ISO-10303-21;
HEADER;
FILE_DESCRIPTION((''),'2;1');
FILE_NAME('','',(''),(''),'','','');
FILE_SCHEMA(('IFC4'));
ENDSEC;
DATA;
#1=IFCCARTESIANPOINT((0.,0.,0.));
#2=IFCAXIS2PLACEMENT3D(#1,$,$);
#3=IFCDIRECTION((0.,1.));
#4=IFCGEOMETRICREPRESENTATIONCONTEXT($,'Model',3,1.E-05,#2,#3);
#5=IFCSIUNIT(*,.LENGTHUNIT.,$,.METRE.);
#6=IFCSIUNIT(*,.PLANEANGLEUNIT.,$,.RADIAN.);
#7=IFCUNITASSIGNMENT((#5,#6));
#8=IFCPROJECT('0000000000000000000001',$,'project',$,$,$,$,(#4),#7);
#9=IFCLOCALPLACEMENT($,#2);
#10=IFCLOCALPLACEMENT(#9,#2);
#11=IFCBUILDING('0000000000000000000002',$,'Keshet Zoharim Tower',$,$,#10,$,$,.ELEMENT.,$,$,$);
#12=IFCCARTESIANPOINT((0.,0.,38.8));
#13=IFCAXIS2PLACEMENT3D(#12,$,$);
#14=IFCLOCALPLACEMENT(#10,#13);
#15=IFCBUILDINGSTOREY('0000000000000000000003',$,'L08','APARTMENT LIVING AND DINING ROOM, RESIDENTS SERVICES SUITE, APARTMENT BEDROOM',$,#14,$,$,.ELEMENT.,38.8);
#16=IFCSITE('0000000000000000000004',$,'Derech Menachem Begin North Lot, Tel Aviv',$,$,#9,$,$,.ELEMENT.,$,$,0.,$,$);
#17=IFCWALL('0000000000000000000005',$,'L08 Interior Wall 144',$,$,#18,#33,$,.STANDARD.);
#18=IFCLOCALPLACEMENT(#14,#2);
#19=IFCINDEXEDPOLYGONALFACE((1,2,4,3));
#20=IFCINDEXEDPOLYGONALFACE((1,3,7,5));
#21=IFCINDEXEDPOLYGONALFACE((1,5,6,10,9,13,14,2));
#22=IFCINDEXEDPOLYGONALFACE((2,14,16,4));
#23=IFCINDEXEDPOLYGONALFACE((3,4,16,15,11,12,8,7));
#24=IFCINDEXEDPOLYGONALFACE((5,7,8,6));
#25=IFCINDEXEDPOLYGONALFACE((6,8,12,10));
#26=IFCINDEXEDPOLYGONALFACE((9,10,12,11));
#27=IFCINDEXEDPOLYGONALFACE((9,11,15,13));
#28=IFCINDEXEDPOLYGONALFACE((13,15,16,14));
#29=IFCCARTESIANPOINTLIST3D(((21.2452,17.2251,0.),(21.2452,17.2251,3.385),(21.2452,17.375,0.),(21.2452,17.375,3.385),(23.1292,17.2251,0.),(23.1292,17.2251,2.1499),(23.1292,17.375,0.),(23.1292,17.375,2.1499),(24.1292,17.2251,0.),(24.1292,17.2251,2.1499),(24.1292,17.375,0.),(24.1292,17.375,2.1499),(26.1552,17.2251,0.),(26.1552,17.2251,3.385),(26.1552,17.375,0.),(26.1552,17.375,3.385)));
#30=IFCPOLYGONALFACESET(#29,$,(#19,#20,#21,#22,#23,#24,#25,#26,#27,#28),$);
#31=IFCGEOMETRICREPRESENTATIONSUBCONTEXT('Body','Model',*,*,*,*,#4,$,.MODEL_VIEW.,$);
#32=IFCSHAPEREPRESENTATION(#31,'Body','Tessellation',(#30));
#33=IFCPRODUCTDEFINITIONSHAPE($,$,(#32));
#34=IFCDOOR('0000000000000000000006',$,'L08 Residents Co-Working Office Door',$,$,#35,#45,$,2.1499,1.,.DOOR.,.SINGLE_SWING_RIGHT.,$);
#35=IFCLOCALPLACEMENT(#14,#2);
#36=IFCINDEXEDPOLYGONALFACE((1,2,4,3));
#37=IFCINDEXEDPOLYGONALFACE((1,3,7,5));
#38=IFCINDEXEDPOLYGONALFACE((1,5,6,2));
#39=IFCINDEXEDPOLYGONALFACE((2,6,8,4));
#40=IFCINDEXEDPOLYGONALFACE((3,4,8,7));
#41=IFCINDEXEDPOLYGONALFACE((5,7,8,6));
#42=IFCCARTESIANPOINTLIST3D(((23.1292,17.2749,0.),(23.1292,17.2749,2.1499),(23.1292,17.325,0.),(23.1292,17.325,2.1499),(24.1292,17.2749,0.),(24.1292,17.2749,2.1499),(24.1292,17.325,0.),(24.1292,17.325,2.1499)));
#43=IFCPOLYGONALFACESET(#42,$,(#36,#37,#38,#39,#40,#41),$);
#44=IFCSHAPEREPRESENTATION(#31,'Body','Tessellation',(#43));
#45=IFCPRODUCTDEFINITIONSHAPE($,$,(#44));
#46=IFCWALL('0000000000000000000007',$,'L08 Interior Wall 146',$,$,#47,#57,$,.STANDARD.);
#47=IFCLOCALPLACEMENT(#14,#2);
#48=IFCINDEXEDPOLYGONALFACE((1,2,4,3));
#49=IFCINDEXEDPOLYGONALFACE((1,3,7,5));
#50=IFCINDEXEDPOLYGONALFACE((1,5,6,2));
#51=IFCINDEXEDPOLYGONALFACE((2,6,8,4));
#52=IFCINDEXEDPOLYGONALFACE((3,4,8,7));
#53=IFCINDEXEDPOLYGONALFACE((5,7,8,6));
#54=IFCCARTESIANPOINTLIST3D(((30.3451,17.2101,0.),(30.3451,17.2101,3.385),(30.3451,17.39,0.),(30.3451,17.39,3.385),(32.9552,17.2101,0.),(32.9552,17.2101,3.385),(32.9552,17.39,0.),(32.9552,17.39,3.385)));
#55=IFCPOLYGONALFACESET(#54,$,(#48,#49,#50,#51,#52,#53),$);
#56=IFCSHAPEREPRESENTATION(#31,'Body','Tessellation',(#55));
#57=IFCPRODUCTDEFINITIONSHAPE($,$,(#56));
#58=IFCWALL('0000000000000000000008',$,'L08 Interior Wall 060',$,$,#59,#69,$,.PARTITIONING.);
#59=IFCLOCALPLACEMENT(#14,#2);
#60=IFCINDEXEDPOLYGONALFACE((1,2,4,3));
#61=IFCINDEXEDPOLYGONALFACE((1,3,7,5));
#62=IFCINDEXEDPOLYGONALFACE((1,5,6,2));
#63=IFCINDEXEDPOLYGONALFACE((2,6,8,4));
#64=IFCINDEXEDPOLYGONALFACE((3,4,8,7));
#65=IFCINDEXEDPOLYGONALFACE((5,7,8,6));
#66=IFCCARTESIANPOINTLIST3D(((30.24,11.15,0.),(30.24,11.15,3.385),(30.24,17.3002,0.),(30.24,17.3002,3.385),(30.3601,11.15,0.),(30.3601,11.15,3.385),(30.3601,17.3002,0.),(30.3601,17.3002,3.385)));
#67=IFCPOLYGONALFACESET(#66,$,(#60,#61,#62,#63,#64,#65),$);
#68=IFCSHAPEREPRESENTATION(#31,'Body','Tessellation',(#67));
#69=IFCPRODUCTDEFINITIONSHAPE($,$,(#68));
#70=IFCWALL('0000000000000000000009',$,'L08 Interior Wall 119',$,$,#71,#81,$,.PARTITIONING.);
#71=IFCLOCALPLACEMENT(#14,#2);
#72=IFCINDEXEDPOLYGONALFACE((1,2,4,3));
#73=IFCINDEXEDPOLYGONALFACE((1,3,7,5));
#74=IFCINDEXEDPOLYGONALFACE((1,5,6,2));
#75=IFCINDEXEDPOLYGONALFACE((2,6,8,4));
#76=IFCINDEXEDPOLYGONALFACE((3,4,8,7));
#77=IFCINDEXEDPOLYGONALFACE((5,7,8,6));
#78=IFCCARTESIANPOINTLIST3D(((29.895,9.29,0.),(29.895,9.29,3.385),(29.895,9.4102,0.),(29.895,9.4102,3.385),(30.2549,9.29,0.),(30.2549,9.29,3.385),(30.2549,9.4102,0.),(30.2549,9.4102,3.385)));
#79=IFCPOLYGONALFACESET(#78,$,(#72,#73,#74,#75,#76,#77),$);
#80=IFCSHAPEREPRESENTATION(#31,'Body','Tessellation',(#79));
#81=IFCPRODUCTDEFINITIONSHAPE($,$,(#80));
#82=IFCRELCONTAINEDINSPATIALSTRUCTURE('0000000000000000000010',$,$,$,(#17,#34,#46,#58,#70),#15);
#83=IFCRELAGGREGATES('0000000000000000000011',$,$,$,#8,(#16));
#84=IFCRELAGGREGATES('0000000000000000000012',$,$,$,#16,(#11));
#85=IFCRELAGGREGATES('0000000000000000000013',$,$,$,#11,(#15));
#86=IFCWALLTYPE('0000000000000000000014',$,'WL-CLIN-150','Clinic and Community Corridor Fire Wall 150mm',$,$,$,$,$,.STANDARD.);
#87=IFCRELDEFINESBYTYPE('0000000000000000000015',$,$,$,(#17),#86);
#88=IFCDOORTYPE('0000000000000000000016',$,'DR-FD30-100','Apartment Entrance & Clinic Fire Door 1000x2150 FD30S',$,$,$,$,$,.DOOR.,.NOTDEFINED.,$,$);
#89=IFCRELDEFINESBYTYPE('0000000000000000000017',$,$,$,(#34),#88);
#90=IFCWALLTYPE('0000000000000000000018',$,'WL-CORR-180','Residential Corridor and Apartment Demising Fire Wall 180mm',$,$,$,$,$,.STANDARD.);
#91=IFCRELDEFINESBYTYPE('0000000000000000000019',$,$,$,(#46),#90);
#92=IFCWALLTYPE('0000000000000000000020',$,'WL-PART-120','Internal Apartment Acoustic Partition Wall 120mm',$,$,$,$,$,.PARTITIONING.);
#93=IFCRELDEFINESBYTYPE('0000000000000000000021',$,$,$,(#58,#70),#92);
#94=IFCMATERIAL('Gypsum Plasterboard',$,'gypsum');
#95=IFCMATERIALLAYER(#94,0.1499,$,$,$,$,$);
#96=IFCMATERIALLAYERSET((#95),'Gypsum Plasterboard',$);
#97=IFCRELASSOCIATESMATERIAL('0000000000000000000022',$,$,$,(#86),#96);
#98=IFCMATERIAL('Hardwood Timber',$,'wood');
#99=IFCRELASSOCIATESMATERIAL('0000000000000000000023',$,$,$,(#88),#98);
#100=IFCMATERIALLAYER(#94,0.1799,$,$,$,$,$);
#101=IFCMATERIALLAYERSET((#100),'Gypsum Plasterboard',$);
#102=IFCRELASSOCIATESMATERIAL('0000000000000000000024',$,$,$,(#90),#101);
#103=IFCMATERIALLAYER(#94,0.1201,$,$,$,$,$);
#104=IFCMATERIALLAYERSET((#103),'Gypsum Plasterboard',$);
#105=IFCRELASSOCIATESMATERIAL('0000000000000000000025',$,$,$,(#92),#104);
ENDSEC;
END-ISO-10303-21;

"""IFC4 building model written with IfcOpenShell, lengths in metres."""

from ifc_helpers import new_model, si_unit, direction, frame, frame_2d, origin, place, context, subcontext, project, spatial, rectangle, extrude, material, layer, layer_set, type_object, element, fill, save


model = new_model("IFC4")

# Units and contexts
model_context = context("Model", 3, precision=1e-05, world=origin(), true_north=direction((0.0, 1.0)))
body_context = subcontext(model_context, "Body", "Model", "MODEL_VIEW")
ifc_project = project(units=[si_unit("LENGTHUNIT", "METRE"), si_unit("PLANEANGLEUNIT", "RADIAN")], contexts=[model_context])

# Site, building, storey
site_placement = place(None, origin())
site = spatial("IfcSite", under=ifc_project, at=site_placement, Name="Derech Menachem Begin North Lot, Tel Aviv", CompositionType="ELEMENT", RefElevation=0.0)
building_placement = place(site_placement, origin())
building = spatial("IfcBuilding", under=site, at=building_placement, Name="Keshet Zoharim Tower", CompositionType="ELEMENT")
storey_placement = place(building_placement, frame((0.0, 0.0, 38.8)))
storey = spatial("IfcBuildingStorey", under=building, at=storey_placement, Name="L08", Description="APARTMENT LIVING AND DINING ROOM, RESIDENTS SERVICES SUITE, APARTMENT BEDROOM", CompositionType="ELEMENT", Elevation=38.8)

# Wall, opening, door
ifc_material_1 = material(Name="Gypsum Plasterboard", Category="gypsum")
ifc_layer_1 = layer(ifc_material_1, 0.1499)
ifc_layer_set_1 = layer_set([ifc_layer_1], Name="Gypsum Plasterboard")
wall_type_1 = type_object("IfcWallType", Name="WL-CLIN-150", Description="Clinic and Community Corridor Fire Wall 150mm", PredefinedType="STANDARD", material=ifc_layer_set_1)
wall_1_placement = place(storey_placement, frame((21.2451, 17.3, 0.0), z_axis=(0.0, 0.0, 1.0), x_axis=(1.0, 0.0, 0.0)))
wall_1 = element("IfcWall", 1, at=wall_1_placement, inside=storey, type_object=wall_type_1, Name="L08 Interior Wall 144", PredefinedType="STANDARD", context=body_context, shape_type="SweptSolid", body=[
    extrude(rectangle(XDim=4.9099, YDim=0.1499, at=frame_2d((2.4551, 0.0))), origin(), (0.0, 0.0, 1.0), 3.385),
])
opening_1_placement = place(wall_1_placement, frame((1.884, 0.0, 0.0)))
opening_1 = element("IfcOpeningElement", 2, at=opening_1_placement, cuts=wall_1, PredefinedType="OPENING", context=body_context, shape_type="SweptSolid", body=[
    extrude(rectangle(XDim=1.0, YDim=2.1499, at=frame_2d((0.5, 1.075))), frame((0.0, 0.085, 0.0), z_axis=(0.0, -1.0, 0.0), x_axis=(1.0, 0.0, 0.0)), (0.0, 0.0, 1.0), 0.1699),
])
ifc_material_2 = material(Name="Hardwood Timber", Category="wood")
door_type_1 = type_object("IfcDoorType", Name="DR-FD30-100", Description="Apartment Entrance & Clinic Fire Door 1000x2150 FD30S", OperationType="NOTDEFINED", PredefinedType="DOOR", material=ifc_material_2)
door_1_placement = place(opening_1_placement, origin())
door_1 = element("IfcDoor", 3, at=door_1_placement, inside=storey, type_object=door_type_1, Name="L08 Residents Co-Working Office Door", OperationType="SINGLE_SWING_RIGHT", OverallHeight=2.1499, OverallWidth=1.0, PredefinedType="DOOR", context=body_context, shape_type="SweptSolid", body=[
    extrude(rectangle(XDim=1.0, YDim=2.1499, at=frame_2d((0.5, 1.075))), frame((0.0, 0.0249, 0.0), z_axis=(0.0, -1.0, 0.0), x_axis=(1.0, 0.0, 0.0)), (0.0, 0.0, 1.0), 0.05),
])
fill(opening_1, door_1)
ifc_layer_2 = layer(ifc_material_1, 0.1799)
ifc_layer_set_2 = layer_set([ifc_layer_2], Name="Gypsum Plasterboard")
wall_type_2 = type_object("IfcWallType", Name="WL-CORR-180", Description="Residential Corridor and Apartment Demising Fire Wall 180mm", PredefinedType="STANDARD", material=ifc_layer_set_2)

# Walls
wall_2_placement = place(storey_placement, frame((30.345, 17.3, 0.0), z_axis=(0.0, 0.0, 1.0), x_axis=(1.0, 0.0, 0.0)))
element("IfcWall", 4, at=wall_2_placement, inside=storey, type_object=wall_type_2, Name="L08 Interior Wall 146", PredefinedType="STANDARD", context=body_context, shape_type="SweptSolid", body=[
    extrude(rectangle(XDim=2.6101, YDim=0.1799, at=frame_2d((1.3052, 0.0))), origin(), (0.0, 0.0, 1.0), 3.385),
])
ifc_layer_3 = layer(ifc_material_1, 0.1201)
ifc_layer_set_3 = layer_set([ifc_layer_3], Name="Gypsum Plasterboard")
wall_type_3 = type_object("IfcWallType", Name="WL-PART-120", Description="Internal Apartment Acoustic Partition Wall 120mm", PredefinedType="PARTITIONING", material=ifc_layer_set_3)
wall_3_placement = place(storey_placement, frame((30.3, 11.1499, 0.0), z_axis=(0.0, 0.0, 1.0), x_axis=(0.0, 1.0, 0.0)))
element("IfcWall", 5, at=wall_3_placement, inside=storey, type_object=wall_type_3, Name="L08 Interior Wall 060", PredefinedType="PARTITIONING", context=body_context, shape_type="SweptSolid", body=[
    extrude(rectangle(XDim=6.1501, YDim=0.1201, at=frame_2d((3.0752, 0.0))), origin(), (0.0, 0.0, 1.0), 3.385),
])
wall_4_placement = place(storey_placement, frame((29.895, 9.3501, 0.0), z_axis=(0.0, 0.0, 1.0), x_axis=(1.0, 0.0, 0.0)))
element("IfcWall", 6, at=wall_4_placement, inside=storey, type_object=wall_type_3, Name="L08 Interior Wall 119", PredefinedType="PARTITIONING", context=body_context, shape_type="SweptSolid", body=[
    extrude(rectangle(XDim=0.3599, YDim=0.1201, at=frame_2d((0.1799, 0.0))), origin(), (0.0, 0.0, 1.0), 3.385),
])

save(model, "model.ifc")
